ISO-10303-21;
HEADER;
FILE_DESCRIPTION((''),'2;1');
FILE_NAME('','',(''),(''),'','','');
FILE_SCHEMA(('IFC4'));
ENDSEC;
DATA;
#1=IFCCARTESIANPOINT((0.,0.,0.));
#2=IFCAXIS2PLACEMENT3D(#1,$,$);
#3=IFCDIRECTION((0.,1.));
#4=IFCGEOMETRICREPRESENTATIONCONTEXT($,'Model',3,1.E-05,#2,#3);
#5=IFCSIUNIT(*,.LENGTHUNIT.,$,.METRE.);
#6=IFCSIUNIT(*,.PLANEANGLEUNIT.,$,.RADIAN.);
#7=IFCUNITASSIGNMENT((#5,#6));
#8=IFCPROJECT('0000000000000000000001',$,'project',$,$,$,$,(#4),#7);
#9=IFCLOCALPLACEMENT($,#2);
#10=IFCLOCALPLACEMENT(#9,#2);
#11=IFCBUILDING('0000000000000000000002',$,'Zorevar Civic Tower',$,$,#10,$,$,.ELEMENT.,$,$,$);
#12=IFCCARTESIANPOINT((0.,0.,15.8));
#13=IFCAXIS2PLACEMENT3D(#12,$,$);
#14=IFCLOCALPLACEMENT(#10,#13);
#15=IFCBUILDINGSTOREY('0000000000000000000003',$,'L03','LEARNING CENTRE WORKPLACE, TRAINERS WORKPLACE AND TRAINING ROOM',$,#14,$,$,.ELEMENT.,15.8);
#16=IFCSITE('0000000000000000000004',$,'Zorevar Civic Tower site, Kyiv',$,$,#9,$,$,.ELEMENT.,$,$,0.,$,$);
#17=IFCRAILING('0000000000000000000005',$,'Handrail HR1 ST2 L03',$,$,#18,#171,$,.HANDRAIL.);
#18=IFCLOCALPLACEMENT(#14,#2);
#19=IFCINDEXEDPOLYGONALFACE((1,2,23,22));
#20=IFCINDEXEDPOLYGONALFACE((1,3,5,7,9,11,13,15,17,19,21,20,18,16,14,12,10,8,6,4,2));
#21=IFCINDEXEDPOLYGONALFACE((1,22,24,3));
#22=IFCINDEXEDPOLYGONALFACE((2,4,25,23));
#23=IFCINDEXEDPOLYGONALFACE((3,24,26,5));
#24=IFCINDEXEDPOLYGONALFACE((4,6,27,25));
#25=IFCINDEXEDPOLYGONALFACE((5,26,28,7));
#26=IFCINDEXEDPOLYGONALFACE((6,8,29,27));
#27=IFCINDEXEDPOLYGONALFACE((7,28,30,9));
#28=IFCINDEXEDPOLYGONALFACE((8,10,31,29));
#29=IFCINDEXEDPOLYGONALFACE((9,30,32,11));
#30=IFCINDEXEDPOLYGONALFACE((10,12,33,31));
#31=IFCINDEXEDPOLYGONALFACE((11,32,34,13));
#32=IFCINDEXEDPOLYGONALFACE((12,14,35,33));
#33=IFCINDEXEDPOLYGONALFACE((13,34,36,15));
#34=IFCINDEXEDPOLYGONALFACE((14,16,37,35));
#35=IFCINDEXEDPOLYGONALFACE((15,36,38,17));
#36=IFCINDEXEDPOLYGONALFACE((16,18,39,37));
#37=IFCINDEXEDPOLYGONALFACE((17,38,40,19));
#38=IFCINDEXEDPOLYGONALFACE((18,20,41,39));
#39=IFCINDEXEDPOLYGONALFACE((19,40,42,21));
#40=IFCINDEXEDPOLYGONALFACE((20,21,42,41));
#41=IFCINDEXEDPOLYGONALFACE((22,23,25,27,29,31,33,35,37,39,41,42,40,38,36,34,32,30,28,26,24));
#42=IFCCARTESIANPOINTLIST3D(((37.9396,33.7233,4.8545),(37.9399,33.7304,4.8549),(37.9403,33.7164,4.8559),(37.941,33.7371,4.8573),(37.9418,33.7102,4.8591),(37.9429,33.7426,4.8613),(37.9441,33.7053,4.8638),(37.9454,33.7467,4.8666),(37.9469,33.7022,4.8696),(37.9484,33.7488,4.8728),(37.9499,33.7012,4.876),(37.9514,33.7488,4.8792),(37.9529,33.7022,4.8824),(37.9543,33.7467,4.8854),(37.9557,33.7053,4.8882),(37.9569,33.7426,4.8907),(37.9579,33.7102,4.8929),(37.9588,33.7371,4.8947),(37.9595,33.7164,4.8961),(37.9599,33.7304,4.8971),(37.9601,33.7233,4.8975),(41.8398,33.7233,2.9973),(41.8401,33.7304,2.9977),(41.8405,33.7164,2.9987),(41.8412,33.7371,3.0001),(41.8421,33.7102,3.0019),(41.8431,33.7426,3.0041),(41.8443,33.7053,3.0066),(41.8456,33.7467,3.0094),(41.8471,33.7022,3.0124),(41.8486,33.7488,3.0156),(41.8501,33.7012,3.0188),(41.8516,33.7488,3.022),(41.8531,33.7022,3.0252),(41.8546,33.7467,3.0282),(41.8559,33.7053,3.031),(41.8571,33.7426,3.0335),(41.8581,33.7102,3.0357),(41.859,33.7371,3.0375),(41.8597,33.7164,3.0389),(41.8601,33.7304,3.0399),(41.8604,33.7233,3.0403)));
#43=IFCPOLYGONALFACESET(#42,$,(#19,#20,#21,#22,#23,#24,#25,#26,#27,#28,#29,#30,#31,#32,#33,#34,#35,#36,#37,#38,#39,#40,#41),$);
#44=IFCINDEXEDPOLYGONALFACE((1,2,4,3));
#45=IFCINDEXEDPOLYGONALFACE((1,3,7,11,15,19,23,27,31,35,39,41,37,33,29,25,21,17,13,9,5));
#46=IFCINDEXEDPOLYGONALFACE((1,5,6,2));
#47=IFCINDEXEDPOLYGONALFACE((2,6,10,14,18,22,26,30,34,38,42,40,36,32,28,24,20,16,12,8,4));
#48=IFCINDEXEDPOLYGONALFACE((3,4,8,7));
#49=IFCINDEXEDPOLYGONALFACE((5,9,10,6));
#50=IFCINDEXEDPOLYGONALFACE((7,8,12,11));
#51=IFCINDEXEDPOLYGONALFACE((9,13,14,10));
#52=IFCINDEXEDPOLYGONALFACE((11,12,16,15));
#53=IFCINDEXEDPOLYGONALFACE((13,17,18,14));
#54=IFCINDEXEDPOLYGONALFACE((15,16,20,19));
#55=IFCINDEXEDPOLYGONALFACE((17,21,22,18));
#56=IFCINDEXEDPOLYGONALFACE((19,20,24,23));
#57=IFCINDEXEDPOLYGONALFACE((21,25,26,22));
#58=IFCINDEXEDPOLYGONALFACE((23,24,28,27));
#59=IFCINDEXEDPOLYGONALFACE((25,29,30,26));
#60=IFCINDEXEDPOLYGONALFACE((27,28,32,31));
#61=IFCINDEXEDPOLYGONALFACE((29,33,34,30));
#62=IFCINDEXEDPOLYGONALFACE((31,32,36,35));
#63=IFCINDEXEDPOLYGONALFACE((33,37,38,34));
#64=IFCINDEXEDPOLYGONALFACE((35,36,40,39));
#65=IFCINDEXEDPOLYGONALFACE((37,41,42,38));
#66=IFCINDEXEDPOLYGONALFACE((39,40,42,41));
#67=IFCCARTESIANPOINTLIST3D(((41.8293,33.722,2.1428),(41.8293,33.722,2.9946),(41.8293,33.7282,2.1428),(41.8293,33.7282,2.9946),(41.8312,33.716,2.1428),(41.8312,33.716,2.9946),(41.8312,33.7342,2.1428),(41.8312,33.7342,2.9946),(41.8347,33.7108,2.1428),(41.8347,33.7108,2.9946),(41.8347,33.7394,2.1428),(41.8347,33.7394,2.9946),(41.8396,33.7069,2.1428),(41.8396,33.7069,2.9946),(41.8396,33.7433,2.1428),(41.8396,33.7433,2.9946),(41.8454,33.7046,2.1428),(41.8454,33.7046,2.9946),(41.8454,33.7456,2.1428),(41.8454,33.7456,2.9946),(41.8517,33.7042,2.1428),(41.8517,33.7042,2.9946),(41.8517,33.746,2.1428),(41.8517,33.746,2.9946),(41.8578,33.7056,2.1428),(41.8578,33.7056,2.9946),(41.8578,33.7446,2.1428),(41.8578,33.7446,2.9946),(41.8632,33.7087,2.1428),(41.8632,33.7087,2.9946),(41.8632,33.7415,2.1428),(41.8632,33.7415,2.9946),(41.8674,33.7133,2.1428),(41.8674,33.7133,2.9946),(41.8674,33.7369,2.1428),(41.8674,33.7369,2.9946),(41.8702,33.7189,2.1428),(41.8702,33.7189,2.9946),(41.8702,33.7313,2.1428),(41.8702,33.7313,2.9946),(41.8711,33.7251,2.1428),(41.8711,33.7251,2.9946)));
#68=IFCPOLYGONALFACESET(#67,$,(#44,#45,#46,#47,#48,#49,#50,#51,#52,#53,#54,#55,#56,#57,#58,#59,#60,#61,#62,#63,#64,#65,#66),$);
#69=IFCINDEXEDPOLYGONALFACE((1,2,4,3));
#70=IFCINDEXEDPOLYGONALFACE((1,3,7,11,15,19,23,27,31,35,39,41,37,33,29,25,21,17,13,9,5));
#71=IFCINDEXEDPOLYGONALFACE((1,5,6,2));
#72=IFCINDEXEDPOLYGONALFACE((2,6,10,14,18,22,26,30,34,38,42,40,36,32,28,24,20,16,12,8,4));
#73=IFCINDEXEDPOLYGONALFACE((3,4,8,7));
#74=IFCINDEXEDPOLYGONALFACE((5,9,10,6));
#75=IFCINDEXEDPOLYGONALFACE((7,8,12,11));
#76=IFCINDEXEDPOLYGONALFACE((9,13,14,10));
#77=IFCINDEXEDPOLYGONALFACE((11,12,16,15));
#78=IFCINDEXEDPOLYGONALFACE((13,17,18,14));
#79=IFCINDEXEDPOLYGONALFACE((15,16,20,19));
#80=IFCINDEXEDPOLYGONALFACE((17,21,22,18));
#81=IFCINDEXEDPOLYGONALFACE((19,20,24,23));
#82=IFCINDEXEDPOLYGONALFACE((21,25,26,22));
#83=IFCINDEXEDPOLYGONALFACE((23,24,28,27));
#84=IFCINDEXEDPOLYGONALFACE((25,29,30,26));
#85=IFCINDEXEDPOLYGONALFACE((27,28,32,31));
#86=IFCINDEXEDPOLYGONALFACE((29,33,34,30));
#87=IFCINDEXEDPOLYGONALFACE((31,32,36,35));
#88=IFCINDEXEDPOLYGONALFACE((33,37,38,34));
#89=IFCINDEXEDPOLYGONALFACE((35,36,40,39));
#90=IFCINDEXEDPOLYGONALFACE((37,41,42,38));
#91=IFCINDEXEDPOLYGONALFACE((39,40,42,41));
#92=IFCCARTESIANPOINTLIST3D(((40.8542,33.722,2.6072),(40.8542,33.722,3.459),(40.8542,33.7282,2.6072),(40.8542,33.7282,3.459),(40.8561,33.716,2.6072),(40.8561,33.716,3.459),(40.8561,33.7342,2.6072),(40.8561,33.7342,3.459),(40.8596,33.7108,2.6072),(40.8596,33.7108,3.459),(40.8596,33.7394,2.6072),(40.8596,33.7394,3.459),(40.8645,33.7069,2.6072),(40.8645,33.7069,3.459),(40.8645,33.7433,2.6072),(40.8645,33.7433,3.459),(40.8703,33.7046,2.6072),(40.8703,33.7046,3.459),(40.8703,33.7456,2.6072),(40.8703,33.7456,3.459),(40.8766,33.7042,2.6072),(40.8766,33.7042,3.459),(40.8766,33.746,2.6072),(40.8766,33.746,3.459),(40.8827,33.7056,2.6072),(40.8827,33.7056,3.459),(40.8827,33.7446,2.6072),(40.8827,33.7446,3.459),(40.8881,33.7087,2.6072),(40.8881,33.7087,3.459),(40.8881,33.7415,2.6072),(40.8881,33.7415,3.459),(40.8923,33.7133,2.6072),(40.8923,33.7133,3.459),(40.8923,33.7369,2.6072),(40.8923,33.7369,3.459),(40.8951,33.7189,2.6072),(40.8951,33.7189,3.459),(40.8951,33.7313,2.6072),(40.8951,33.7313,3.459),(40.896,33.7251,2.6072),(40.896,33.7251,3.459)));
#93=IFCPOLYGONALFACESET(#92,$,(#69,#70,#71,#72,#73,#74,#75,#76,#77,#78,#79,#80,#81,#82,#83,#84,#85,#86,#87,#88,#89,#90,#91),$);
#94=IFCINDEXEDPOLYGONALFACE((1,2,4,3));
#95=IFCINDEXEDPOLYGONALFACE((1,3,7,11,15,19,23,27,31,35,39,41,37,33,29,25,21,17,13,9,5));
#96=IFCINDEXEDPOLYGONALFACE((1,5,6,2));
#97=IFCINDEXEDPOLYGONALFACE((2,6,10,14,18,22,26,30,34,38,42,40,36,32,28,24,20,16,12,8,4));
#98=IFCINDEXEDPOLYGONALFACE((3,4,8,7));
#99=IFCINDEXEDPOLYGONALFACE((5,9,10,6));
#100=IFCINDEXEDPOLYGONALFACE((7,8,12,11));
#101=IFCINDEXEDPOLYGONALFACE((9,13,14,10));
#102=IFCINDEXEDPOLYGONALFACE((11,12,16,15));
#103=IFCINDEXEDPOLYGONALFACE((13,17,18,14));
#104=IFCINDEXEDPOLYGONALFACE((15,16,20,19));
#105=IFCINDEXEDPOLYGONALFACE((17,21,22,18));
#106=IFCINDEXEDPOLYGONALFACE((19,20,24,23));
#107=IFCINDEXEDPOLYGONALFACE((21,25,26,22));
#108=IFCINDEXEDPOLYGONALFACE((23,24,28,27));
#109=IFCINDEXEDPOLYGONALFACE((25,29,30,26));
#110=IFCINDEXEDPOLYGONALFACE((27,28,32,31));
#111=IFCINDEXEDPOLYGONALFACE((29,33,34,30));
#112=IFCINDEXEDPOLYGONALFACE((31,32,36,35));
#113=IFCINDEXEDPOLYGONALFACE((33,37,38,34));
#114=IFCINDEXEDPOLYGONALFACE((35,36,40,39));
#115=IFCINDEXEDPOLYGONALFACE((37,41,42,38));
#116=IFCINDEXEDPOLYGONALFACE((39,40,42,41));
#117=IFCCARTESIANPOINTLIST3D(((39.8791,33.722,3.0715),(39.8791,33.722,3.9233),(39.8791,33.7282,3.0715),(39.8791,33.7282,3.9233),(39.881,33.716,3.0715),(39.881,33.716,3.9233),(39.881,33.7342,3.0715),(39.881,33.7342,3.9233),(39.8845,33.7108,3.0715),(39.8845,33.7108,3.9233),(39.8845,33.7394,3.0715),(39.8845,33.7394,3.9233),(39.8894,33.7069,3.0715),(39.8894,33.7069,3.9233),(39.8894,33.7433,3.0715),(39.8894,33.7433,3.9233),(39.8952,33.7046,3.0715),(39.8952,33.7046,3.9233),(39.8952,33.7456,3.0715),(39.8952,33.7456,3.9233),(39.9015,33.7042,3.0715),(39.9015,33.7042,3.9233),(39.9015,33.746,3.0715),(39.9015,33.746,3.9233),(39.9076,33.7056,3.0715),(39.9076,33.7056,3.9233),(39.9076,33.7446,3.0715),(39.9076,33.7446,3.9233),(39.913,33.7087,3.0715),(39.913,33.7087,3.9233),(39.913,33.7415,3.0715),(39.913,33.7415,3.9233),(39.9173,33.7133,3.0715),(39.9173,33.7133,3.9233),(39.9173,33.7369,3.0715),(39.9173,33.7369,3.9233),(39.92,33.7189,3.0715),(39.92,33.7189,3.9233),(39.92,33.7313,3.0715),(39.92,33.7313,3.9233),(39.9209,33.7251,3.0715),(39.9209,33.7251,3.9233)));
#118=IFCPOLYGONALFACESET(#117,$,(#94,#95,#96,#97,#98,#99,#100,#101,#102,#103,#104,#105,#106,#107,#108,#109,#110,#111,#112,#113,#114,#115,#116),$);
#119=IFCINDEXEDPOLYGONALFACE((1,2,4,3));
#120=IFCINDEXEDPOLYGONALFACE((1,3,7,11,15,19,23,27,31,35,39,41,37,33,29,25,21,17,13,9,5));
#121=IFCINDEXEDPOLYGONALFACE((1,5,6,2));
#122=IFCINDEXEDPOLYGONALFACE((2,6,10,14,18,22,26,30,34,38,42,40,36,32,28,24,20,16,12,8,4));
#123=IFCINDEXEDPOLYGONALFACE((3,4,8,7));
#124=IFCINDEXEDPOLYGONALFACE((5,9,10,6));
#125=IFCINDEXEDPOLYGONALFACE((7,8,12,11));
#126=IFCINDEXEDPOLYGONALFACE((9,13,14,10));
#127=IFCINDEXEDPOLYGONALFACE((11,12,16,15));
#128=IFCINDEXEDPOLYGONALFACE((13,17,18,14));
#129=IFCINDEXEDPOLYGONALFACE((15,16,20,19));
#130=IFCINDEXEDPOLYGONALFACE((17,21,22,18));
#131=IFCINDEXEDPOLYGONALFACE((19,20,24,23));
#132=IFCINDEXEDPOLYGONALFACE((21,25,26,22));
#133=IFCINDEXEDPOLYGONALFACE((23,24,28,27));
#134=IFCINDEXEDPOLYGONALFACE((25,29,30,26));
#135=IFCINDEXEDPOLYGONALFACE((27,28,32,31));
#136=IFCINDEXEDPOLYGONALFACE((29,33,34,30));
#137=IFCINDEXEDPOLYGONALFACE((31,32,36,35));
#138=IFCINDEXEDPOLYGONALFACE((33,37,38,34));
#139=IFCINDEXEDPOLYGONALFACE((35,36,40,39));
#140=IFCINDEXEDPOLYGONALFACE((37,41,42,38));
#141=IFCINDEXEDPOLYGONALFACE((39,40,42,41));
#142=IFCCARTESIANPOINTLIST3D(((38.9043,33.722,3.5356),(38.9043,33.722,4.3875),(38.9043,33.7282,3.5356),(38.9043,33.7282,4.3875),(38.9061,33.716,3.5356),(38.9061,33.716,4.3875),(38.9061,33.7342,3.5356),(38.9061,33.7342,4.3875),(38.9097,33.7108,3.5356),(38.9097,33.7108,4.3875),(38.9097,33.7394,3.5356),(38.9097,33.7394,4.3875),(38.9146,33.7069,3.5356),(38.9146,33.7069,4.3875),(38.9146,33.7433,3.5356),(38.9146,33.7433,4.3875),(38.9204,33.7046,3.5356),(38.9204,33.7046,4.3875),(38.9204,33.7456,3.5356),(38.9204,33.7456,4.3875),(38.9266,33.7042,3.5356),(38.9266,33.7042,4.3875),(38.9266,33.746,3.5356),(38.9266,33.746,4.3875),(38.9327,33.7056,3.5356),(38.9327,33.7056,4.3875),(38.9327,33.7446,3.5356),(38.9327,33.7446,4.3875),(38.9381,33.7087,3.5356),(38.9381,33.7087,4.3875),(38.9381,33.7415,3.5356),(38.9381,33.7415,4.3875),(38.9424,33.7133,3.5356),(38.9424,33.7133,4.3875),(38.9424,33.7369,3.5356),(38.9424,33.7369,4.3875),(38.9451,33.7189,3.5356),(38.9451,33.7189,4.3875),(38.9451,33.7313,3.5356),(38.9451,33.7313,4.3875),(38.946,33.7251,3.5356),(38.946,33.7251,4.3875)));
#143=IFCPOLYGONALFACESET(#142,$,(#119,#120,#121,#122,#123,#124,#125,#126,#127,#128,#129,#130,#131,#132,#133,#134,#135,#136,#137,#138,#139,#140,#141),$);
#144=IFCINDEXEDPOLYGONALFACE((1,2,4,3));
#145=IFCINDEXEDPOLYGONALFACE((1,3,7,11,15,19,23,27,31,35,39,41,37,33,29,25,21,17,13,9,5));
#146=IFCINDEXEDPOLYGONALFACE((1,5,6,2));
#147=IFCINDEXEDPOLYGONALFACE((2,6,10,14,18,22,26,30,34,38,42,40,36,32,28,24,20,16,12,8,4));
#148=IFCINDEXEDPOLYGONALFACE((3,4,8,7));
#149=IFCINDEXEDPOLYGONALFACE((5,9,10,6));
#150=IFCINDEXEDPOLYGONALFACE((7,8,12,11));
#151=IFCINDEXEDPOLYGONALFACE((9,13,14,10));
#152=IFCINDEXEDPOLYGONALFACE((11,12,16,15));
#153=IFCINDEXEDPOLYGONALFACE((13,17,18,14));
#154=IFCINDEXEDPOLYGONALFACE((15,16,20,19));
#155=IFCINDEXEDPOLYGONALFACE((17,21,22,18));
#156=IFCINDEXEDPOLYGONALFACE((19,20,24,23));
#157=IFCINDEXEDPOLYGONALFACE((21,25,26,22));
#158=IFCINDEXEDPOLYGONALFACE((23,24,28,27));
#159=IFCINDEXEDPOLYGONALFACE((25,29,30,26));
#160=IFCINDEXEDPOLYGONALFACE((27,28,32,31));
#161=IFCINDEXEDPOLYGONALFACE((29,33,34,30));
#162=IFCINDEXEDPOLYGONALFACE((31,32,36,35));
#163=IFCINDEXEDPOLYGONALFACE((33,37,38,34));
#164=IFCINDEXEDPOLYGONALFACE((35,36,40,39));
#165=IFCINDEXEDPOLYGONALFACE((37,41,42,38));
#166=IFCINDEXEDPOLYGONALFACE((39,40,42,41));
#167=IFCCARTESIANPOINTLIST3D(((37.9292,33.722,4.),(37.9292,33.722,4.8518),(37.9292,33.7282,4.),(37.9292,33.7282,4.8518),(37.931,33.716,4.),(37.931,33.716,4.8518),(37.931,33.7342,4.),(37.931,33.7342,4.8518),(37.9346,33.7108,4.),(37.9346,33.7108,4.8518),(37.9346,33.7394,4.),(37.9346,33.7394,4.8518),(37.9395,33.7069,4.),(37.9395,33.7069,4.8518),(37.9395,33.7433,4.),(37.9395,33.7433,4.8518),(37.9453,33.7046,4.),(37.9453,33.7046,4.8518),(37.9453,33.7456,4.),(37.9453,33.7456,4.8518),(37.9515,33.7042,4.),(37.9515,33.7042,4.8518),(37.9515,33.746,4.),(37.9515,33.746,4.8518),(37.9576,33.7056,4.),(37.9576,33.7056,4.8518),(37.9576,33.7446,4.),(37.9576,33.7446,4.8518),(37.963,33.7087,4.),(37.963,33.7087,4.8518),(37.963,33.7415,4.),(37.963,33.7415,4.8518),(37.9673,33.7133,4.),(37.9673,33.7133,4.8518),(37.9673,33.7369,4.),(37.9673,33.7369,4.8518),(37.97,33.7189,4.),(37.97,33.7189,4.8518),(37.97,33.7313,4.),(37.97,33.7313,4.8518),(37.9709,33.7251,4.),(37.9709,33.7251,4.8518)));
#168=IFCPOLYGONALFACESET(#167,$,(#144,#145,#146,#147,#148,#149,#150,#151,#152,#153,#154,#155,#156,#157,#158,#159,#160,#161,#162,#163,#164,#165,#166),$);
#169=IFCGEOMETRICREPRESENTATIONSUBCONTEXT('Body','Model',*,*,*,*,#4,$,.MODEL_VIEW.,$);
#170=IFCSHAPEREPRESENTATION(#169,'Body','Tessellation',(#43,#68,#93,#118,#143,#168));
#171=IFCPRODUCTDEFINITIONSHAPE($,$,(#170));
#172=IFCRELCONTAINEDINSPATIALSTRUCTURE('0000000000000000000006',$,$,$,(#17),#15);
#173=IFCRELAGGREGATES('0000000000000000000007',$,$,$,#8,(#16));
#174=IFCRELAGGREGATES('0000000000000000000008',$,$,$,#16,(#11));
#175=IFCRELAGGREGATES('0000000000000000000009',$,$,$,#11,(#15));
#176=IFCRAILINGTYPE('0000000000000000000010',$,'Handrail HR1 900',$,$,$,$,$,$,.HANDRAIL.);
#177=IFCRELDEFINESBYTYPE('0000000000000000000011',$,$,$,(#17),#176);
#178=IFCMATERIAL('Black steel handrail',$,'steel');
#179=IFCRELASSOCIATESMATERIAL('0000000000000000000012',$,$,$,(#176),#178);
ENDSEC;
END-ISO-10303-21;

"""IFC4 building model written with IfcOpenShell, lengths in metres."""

from ifc_helpers import new_model, si_unit, direction, frame, origin, origin_2d, place, context, subcontext, project, spatial, circle, extrude, material, type_object, element, save


model = new_model("IFC4")

# Units and contexts
model_context = context("Model", 3, precision=1e-05, world=origin(), true_north=direction((0.0, 1.0)))
body_context = subcontext(model_context, "Body", "Model", "MODEL_VIEW")
ifc_project = project(units=[si_unit("LENGTHUNIT", "METRE"), si_unit("PLANEANGLEUNIT", "RADIAN")], contexts=[model_context])

# Site, building, storey
site_placement = place(None, origin())
site = spatial("IfcSite", under=ifc_project, at=site_placement, Name="Zorevar Civic Tower site, Kyiv", CompositionType="ELEMENT", RefElevation=0.0)
building_placement = place(site_placement, origin())
building = spatial("IfcBuilding", under=site, at=building_placement, Name="Zorevar Civic Tower", CompositionType="ELEMENT")
storey_placement = place(building_placement, frame((0.0, 0.0, 15.8)))
storey = spatial("IfcBuildingStorey", under=building, at=storey_placement, Name="L03", Description="LEARNING CENTRE WORKPLACE, TRAINERS WORKPLACE AND TRAINING ROOM", CompositionType="ELEMENT", Elevation=15.8)

# Railing
ifc_material_1 = material(Name="Black steel handrail", Category="steel")
railing_type = type_object("IfcRailingType", Name="Handrail HR1 900", PredefinedType="HANDRAIL", material=ifc_material_1)
railing_1_placement = place(storey_placement, frame((41.8501, 33.7251, 2.1428)))
element("IfcRailing", 1, at=railing_1_placement, inside=storey, type_object=railing_type, Name="Handrail HR1 ST2 L03", PredefinedType="HANDRAIL", context=body_context, shape_type="SweptSolid", body=[
    extrude(circle(Radius=0.0239, at=origin_2d()), frame((0.0, 0.0, 0.876), z_axis=(-0.902864, 0.0, 0.429927), x_axis=(0.0, -1.0, 0.0)), (0.0, 0.0, 1.0), 4.3198),
    extrude(circle(Radius=0.021, at=origin_2d()), origin(), (0.0, 0.0, 1.0), 0.8518),
    extrude(circle(Radius=0.021, at=origin_2d()), frame((-0.9751, 0.0, 0.4644)), (0.0, 0.0, 1.0), 0.8518),
    extrude(circle(Radius=0.021, at=origin_2d()), frame((-1.9502, 0.0, 0.9287)), (0.0, 0.0, 1.0), 0.8518),
    extrude(circle(Radius=0.021, at=origin_2d()), frame((-2.925, 0.0, 1.3928)), (0.0, 0.0, 1.0), 0.8518),
    extrude(circle(Radius=0.021, at=origin_2d()), frame((-3.9001, 0.0, 1.8572)), (0.0, 0.0, 1.0), 0.8518),
])

save(model, "model.ifc")
